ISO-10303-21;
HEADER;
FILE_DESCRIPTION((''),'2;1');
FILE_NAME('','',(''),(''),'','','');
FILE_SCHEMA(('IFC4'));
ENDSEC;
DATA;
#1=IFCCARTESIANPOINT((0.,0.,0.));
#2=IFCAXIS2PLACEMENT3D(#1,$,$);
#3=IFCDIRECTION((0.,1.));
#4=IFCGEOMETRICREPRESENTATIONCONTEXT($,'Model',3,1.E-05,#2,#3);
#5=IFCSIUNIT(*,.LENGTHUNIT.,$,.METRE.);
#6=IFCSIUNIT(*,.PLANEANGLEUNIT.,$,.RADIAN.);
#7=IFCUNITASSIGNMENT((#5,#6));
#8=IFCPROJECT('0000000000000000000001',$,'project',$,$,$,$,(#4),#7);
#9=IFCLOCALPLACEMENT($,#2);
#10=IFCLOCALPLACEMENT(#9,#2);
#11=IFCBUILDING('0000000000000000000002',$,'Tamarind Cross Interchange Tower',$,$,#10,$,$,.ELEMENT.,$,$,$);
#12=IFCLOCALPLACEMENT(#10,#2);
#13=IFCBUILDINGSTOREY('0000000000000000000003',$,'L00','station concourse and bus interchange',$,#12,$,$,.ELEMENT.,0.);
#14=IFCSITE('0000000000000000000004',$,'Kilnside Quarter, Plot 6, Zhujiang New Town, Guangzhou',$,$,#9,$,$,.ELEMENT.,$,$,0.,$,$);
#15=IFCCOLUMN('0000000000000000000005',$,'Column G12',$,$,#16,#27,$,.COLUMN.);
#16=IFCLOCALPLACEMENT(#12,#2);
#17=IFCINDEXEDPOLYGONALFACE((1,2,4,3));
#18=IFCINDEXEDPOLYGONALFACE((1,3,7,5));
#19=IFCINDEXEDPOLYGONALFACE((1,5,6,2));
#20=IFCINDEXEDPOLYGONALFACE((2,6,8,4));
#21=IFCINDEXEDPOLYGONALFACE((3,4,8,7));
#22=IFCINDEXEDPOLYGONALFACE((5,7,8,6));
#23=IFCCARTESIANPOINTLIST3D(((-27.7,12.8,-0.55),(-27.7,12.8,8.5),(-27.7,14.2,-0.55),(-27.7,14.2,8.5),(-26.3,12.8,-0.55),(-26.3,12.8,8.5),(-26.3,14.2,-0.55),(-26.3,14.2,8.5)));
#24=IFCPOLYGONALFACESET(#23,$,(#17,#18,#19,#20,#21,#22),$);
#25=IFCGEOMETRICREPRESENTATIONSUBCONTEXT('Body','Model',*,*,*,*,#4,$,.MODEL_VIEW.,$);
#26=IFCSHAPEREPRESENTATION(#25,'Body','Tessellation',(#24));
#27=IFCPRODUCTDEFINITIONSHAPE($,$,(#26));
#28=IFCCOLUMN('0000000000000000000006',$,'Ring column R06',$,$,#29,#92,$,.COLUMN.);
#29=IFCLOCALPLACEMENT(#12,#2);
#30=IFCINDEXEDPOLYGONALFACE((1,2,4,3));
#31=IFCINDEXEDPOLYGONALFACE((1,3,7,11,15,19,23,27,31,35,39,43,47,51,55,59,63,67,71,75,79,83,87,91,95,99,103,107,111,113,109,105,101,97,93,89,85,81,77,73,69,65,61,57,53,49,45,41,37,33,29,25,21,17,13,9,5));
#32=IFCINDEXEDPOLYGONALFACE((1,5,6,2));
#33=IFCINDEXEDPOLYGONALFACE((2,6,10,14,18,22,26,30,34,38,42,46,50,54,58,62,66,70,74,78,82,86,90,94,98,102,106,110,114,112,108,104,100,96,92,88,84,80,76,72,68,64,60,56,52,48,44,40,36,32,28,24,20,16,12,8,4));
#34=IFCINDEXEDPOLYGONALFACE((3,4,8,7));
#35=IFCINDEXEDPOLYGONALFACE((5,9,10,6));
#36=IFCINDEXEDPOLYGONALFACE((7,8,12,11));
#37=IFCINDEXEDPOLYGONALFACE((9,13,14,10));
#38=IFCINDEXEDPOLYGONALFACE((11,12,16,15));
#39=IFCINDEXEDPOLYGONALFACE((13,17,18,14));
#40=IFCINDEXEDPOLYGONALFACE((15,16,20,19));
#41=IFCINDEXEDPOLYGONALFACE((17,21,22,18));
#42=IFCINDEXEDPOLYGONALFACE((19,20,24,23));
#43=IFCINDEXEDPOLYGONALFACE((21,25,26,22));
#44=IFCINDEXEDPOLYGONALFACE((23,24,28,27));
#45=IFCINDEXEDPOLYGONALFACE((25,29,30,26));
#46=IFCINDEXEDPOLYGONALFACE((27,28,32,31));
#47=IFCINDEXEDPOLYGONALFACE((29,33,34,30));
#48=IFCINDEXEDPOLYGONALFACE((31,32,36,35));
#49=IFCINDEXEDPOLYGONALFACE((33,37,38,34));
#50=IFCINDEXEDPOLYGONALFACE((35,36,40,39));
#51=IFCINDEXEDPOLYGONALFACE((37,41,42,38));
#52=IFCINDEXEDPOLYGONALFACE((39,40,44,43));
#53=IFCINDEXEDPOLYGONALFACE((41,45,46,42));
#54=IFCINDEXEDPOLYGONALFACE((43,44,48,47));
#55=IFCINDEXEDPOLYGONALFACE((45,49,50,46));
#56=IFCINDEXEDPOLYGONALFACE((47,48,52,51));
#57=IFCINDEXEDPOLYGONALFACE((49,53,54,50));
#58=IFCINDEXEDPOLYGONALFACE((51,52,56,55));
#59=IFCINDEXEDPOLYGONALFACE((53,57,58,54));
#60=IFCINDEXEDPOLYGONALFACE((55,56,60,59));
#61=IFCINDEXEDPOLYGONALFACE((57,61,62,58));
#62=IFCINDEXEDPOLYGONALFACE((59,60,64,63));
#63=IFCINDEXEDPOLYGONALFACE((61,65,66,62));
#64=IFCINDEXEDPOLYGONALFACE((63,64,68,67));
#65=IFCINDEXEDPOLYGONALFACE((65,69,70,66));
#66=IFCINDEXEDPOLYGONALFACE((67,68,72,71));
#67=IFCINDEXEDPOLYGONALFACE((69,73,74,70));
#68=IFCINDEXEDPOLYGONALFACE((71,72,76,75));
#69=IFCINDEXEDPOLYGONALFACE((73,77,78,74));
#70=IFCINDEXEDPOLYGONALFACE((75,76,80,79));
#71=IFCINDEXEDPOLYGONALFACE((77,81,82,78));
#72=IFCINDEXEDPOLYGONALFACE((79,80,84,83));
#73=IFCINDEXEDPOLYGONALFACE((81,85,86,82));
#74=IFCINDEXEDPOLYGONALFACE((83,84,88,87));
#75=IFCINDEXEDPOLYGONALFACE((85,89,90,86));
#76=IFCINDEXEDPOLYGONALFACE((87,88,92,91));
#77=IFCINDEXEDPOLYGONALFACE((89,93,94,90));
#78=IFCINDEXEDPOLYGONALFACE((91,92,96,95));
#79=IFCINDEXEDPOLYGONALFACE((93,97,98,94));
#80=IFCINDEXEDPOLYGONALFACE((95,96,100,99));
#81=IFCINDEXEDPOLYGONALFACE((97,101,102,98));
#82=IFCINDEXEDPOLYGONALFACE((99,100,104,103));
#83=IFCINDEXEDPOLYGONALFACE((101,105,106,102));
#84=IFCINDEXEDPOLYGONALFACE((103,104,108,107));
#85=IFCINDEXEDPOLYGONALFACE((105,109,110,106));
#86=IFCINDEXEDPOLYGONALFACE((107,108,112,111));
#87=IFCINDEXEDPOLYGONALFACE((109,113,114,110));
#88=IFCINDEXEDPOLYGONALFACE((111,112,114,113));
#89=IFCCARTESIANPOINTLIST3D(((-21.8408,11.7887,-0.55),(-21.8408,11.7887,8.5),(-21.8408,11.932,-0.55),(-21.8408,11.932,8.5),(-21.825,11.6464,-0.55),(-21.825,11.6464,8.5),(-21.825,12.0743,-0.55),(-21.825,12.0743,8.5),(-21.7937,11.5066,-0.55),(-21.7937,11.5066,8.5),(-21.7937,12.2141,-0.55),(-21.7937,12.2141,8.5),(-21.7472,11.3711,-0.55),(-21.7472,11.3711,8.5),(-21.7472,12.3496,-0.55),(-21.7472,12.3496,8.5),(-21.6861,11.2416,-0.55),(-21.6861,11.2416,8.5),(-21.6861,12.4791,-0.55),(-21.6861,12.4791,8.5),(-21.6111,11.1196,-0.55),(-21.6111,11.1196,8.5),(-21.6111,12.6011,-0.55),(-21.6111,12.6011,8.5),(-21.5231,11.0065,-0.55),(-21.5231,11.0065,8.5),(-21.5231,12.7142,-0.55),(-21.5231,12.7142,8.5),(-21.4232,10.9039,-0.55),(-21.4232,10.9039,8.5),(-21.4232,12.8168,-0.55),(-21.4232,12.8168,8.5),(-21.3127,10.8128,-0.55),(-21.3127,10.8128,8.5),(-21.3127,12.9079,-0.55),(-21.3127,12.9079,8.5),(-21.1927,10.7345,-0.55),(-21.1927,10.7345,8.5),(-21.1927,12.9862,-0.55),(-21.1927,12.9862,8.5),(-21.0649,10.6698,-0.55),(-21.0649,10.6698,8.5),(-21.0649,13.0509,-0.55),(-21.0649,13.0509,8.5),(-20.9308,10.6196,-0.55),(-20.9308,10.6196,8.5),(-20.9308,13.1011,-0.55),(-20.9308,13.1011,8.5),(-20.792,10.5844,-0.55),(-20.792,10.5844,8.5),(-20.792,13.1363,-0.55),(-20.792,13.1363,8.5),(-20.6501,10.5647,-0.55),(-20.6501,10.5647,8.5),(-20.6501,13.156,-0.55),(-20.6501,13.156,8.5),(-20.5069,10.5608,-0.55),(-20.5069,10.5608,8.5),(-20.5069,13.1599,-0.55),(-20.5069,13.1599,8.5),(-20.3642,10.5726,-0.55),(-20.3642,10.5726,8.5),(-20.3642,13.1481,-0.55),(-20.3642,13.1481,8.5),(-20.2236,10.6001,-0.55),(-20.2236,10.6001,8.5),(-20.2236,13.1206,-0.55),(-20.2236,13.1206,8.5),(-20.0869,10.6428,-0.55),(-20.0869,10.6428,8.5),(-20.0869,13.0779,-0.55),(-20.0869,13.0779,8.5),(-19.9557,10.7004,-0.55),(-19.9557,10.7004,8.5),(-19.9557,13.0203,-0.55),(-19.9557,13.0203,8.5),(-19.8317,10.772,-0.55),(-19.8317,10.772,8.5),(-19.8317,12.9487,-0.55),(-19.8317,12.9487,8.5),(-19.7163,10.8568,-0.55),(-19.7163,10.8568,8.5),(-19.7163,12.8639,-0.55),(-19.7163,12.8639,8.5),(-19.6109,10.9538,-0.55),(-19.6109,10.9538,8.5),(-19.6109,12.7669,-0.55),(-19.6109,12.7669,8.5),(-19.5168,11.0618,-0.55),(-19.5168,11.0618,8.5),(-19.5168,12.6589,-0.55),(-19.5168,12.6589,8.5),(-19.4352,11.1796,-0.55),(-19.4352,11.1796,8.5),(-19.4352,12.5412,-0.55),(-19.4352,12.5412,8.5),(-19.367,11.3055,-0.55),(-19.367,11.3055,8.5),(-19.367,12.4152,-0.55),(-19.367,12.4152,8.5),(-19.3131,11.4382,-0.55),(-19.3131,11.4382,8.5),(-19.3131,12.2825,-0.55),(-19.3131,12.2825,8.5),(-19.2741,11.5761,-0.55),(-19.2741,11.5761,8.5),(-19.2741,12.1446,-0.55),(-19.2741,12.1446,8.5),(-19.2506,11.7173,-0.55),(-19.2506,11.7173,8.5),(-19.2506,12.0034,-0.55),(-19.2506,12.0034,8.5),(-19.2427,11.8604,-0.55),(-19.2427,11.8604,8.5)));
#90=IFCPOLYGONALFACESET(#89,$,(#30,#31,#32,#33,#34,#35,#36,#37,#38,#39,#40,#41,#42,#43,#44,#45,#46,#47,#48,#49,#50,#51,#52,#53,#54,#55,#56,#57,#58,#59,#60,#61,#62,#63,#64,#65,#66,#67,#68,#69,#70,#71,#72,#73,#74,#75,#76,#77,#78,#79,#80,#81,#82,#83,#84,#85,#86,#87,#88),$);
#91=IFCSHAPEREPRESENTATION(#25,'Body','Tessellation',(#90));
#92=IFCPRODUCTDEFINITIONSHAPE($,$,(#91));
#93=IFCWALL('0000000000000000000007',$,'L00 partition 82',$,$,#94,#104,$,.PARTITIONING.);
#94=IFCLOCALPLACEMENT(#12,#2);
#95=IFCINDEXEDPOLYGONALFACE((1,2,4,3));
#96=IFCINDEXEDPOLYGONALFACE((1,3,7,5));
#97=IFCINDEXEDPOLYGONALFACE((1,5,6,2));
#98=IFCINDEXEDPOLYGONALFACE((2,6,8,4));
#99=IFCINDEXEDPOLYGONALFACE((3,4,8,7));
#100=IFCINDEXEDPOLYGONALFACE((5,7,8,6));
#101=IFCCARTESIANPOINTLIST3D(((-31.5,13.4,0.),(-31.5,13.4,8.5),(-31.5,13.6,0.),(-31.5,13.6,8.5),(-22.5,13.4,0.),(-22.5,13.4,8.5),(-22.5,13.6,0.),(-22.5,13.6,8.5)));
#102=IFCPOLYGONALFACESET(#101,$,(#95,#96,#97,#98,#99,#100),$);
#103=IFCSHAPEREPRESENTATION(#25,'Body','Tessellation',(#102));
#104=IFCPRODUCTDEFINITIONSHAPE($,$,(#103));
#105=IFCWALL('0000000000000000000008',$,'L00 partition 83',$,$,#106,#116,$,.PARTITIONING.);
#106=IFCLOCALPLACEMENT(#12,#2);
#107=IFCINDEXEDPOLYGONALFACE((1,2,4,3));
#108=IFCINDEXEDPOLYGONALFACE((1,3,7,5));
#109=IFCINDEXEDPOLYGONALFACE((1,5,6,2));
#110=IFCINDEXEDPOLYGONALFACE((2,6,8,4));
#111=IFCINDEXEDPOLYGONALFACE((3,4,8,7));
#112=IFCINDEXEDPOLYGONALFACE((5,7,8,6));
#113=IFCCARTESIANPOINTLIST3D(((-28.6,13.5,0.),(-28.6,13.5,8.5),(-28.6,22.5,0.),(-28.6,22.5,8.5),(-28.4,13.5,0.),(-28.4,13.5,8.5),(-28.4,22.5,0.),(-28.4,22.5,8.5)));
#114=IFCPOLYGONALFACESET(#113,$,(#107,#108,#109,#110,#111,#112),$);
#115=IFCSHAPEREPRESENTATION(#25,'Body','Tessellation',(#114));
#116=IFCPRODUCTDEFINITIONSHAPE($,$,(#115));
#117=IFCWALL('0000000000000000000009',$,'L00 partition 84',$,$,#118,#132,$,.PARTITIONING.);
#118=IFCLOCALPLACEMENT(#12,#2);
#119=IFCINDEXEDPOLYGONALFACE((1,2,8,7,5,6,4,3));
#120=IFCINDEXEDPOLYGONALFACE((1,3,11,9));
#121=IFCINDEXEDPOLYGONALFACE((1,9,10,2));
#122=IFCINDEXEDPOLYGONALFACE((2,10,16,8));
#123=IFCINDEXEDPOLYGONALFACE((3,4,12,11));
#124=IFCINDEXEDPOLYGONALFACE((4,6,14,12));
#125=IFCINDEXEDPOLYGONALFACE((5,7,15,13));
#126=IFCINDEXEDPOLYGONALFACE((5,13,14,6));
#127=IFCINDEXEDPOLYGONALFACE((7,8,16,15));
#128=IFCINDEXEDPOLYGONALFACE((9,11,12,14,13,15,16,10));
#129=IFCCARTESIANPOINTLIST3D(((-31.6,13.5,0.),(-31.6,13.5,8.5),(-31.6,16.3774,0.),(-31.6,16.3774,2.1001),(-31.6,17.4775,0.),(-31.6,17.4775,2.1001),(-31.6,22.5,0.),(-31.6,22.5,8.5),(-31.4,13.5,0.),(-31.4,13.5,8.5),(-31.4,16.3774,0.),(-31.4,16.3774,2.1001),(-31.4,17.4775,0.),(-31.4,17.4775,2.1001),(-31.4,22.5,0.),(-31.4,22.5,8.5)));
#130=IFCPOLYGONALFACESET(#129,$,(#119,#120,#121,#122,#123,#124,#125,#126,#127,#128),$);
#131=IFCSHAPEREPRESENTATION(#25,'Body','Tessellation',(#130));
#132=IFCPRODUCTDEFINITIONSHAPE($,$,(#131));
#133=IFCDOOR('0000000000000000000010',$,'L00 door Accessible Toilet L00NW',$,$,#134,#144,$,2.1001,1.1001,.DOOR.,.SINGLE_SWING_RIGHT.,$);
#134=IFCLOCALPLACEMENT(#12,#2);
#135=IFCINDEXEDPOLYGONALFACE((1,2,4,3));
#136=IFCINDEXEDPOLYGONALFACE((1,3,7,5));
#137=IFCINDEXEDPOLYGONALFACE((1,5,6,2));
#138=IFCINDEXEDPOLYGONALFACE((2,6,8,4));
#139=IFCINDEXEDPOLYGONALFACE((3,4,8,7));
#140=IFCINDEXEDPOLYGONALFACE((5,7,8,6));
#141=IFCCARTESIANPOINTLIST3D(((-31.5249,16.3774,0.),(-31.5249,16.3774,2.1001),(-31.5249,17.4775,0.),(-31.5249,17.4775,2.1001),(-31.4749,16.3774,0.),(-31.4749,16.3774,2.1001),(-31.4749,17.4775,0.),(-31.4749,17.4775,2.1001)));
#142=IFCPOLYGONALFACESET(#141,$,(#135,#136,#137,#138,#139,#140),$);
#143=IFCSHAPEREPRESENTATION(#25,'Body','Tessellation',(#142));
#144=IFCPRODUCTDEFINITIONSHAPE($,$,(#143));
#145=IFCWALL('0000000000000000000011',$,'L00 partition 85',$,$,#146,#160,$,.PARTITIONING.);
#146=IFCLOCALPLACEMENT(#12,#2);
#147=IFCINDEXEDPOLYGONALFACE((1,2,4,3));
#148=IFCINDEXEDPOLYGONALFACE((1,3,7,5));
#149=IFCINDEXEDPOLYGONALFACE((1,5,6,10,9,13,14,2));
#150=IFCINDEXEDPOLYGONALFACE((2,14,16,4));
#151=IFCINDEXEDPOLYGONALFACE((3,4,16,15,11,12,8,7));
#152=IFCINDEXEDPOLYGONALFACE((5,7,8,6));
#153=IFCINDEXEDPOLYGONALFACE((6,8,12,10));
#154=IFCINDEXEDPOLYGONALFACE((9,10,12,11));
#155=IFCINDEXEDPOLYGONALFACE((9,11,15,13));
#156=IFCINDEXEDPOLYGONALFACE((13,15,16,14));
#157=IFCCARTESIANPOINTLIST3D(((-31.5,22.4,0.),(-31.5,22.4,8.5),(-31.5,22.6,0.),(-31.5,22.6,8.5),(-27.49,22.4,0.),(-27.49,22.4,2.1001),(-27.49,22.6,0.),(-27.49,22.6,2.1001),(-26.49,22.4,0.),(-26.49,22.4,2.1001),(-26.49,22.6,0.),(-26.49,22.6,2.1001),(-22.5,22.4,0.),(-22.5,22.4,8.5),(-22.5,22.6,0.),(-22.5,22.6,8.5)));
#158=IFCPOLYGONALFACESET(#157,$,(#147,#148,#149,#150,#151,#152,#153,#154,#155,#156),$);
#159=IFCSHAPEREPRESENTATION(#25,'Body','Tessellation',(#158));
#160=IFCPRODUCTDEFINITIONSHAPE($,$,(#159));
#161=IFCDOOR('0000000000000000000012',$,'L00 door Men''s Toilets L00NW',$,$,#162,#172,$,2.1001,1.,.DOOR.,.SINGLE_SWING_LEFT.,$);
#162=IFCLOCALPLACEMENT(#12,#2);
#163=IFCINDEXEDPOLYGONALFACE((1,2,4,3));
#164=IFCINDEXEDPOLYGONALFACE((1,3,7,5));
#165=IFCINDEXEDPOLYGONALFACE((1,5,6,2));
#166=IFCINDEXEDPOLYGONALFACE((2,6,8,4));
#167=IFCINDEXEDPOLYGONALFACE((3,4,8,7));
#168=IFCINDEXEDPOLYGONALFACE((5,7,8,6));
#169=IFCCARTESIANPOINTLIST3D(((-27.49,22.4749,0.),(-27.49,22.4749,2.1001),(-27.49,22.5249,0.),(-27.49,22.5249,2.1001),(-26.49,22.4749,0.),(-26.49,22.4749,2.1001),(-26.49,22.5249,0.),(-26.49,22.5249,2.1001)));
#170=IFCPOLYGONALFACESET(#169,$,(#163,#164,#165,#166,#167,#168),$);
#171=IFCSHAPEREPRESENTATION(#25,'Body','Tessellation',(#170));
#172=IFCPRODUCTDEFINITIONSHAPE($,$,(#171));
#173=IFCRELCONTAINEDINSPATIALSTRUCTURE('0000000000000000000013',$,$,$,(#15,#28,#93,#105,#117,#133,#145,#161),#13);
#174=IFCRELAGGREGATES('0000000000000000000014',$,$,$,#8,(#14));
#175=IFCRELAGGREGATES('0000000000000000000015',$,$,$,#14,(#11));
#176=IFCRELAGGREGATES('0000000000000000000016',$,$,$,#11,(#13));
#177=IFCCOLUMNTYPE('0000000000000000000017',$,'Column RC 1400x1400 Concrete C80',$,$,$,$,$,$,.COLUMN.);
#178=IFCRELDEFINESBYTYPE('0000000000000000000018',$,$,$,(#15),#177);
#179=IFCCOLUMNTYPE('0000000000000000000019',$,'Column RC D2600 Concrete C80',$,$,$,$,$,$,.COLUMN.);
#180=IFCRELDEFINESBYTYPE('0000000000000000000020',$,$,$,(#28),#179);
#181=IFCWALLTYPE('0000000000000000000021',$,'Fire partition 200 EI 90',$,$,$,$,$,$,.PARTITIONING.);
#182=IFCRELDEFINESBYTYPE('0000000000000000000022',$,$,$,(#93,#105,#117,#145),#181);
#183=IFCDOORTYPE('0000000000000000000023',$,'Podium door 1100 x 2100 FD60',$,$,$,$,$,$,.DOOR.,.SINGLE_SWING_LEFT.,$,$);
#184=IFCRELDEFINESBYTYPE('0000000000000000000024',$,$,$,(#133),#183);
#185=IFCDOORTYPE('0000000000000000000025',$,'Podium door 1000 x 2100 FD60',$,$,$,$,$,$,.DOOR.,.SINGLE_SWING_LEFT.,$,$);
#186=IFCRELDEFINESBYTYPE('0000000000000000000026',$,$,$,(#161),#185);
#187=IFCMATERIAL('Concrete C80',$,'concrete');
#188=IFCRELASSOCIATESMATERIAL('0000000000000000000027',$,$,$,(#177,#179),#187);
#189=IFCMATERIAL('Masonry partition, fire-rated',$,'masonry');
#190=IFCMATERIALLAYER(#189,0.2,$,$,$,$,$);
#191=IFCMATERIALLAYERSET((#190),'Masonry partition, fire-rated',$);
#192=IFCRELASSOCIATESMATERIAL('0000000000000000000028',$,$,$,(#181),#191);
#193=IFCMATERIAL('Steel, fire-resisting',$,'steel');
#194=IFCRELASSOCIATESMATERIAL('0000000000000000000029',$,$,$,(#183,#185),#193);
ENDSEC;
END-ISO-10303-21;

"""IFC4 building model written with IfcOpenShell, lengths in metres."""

from ifc_helpers import new_model, si_unit, direction, frame, frame_2d, origin, origin_2d, place, context, subcontext, project, spatial, rectangle, circle, extrude, material, layer, layer_set, material_profile, profile_set, type_object, element, fill, save


model = new_model("IFC4")

# Units and contexts
model_context = context("Model", 3, precision=1e-05, world=origin(), true_north=direction((0.0, 1.0)))
body_context = subcontext(model_context, "Body", "Model", "MODEL_VIEW")
ifc_project = project(units=[si_unit("LENGTHUNIT", "METRE"), si_unit("PLANEANGLEUNIT", "RADIAN")], contexts=[model_context])

# Site, building, storey
site_placement = place(None, origin())
site = spatial("IfcSite", under=ifc_project, at=site_placement, Name="Kilnside Quarter, Plot 6, Zhujiang New Town, Guangzhou", CompositionType="ELEMENT", RefElevation=0.0)
building_placement = place(site_placement, origin())
building = spatial("IfcBuilding", under=site, at=building_placement, Name="Tamarind Cross Interchange Tower", CompositionType="ELEMENT")
storey_placement = place(building_placement, origin())
storey = spatial("IfcBuildingStorey", under=building, at=storey_placement, Name="L00", Description="station concourse and bus interchange", CompositionType="ELEMENT", Elevation=0.0)

# Columns
ifc_material_1 = material(Name="Concrete C80", Category="concrete")
ifc_material_profile_1 = material_profile(ifc_material_1, rectangle(XDim=1.3999, YDim=1.3999, at=origin_2d()), Name="RC 1400x1400")
ifc_profile_set_1 = profile_set([ifc_material_profile_1], Name="Concrete C80")
column_type_1 = type_object("IfcColumnType", Name="Column RC 1400x1400 Concrete C80", PredefinedType="COLUMN", material=ifc_profile_set_1)
column_1_placement = place(storey_placement, frame((-27.0, 13.5, -0.55), z_axis=(0.0, 0.0, 1.0), x_axis=(1.0, 0.0, 0.0)))
element("IfcColumn", 1, at=column_1_placement, inside=storey, type_object=column_type_1, Name="Column G12", PredefinedType="COLUMN", context=body_context, shape_type="SweptSolid", body=[
    extrude(rectangle(XDim=1.3999, YDim=1.3999, at=origin_2d()), origin(), (0.0, 0.0, 1.0), 9.05),
])
ifc_material_profile_2 = material_profile(ifc_material_1, circle(Radius=1.3, at=origin_2d()), Name="RC D2600")
ifc_profile_set_2 = profile_set([ifc_material_profile_2], Name="Concrete C80")
column_type_2 = type_object("IfcColumnType", Name="Column RC D2600 Concrete C80", PredefinedType="COLUMN", material=ifc_profile_set_2)
column_2_placement = place(storey_placement, frame((-20.5427, 11.8604, -0.55), z_axis=(0.0, 0.0, 1.0), x_axis=(1.0, 0.0, 0.0)))
element("IfcColumn", 2, at=column_2_placement, inside=storey, type_object=column_type_2, Name="Ring column R06", PredefinedType="COLUMN", context=body_context, shape_type="SweptSolid", body=[
    extrude(circle(Radius=1.3, at=origin_2d()), origin(), (0.0, 0.0, 1.0), 9.05),
])

# Walls
ifc_material_2 = material(Name="Masonry partition, fire-rated", Category="masonry")
ifc_layer_1 = layer(ifc_material_2, 0.2)
ifc_layer_set_1 = layer_set([ifc_layer_1], Name="Masonry partition, fire-rated")
wall_type_1 = type_object("IfcWallType", Name="Fire partition 200 EI 90", PredefinedType="PARTITIONING", material=ifc_layer_set_1)
for number, where, z_axis, x_axis, name in (
    (3, (-31.5, 13.5, 0.0), (0.0, 0.0, 1.0), (1.0, 0.0, 0.0), "L00 partition 82"),
    (4, (-28.5, 13.5, 0.0), (0.0, 0.0, 1.0), (0.0, 1.0, 0.0), "L00 partition 83"),
):
    element("IfcWall", number, at=place(storey_placement, frame(where, z_axis=z_axis, x_axis=x_axis)), inside=storey, type_object=wall_type_1, Name=name, PredefinedType="PARTITIONING", context=body_context, shape_type="SweptSolid", body=[
        extrude(rectangle(XDim=9.0, YDim=0.2, at=frame_2d((4.5, 0.0))), origin(), (0.0, 0.0, 1.0), 8.5),
    ])

# Walls, openings, doors
wall_1_placement = place(storey_placement, frame((-31.5, 13.5, 0.0), z_axis=(0.0, 0.0, 1.0), x_axis=(0.0, 1.0, 0.0)))
wall_1 = element("IfcWall", 5, at=wall_1_placement, inside=storey, type_object=wall_type_1, Name="L00 partition 84", PredefinedType="PARTITIONING", context=body_context, shape_type="SweptSolid", body=[
    extrude(rectangle(XDim=9.0, YDim=0.2, at=frame_2d((4.5, 0.0))), origin(), (0.0, 0.0, 1.0), 8.5),
])
opening_1_placement = place(wall_1_placement, frame((2.8774, 0.0, 0.0)))
opening_1 = element("IfcOpeningElement", 6, at=opening_1_placement, cuts=wall_1, PredefinedType="OPENING", context=body_context, shape_type="SweptSolid", body=[
    extrude(rectangle(XDim=1.1001, YDim=2.1001, at=frame_2d((0.55, 1.05))), frame((0.0, 0.1099, 0.0), z_axis=(0.0, -1.0, 0.0), x_axis=(1.0, 0.0, 0.0)), (0.0, 0.0, 1.0), 0.22),
])
ifc_material_3 = material(Name="Steel, fire-resisting", Category="steel")
door_type_1 = type_object("IfcDoorType", Name="Podium door 1100 x 2100 FD60", OperationType="SINGLE_SWING_LEFT", PredefinedType="DOOR", material=ifc_material_3)
door_1_placement = place(opening_1_placement, origin())
door_1 = element("IfcDoor", 7, at=door_1_placement, inside=storey, type_object=door_type_1, Name="L00 door Accessible Toilet L00NW", OperationType="SINGLE_SWING_RIGHT", OverallHeight=2.1001, OverallWidth=1.1001, PredefinedType="DOOR", context=body_context, shape_type="SweptSolid", body=[
    extrude(rectangle(XDim=1.1001, YDim=2.1001, at=frame_2d((0.55, 1.05))), frame((0.0, 0.0249, 0.0), z_axis=(0.0, -1.0, 0.0), x_axis=(1.0, 0.0, 0.0)), (0.0, 0.0, 1.0), 0.05),
])
fill(opening_1, door_1)
wall_2_placement = place(storey_placement, frame((-31.5, 22.5, 0.0), z_axis=(0.0, 0.0, 1.0), x_axis=(1.0, 0.0, 0.0)))
wall_2 = element("IfcWall", 8, at=wall_2_placement, inside=storey, type_object=wall_type_1, Name="L00 partition 85", PredefinedType="PARTITIONING", context=body_context, shape_type="SweptSolid", body=[
    extrude(rectangle(XDim=9.0, YDim=0.2, at=frame_2d((4.5, 0.0))), origin(), (0.0, 0.0, 1.0), 8.5),
])
opening_2_placement = place(wall_2_placement, frame((4.01, 0.0, 0.0)))
opening_2 = element("IfcOpeningElement", 9, at=opening_2_placement, cuts=wall_2, PredefinedType="OPENING", context=body_context, shape_type="SweptSolid", body=[
    extrude(rectangle(XDim=1.0, YDim=2.1001, at=frame_2d((0.5, 1.05))), frame((0.0, 0.1099, 0.0), z_axis=(0.0, -1.0, 0.0), x_axis=(1.0, 0.0, 0.0)), (0.0, 0.0, 1.0), 0.22),
])
door_type_2 = type_object("IfcDoorType", Name="Podium door 1000 x 2100 FD60", OperationType="SINGLE_SWING_LEFT", PredefinedType="DOOR", material=ifc_material_3)
door_2_placement = place(opening_2_placement, origin())
door_2 = element("IfcDoor", 10, at=door_2_placement, inside=storey, type_object=door_type_2, Name="L00 door Men's Toilets L00NW", OperationType="SINGLE_SWING_LEFT", OverallHeight=2.1001, OverallWidth=1.0, PredefinedType="DOOR", context=body_context, shape_type="SweptSolid", body=[
    extrude(rectangle(XDim=1.0, YDim=2.1001, at=frame_2d((0.5, 1.05))), frame((0.0, 0.0249, 0.0), z_axis=(0.0, -1.0, 0.0), x_axis=(1.0, 0.0, 0.0)), (0.0, 0.0, 1.0), 0.05),
])
fill(opening_2, door_2)

save(model, "model.ifc")
